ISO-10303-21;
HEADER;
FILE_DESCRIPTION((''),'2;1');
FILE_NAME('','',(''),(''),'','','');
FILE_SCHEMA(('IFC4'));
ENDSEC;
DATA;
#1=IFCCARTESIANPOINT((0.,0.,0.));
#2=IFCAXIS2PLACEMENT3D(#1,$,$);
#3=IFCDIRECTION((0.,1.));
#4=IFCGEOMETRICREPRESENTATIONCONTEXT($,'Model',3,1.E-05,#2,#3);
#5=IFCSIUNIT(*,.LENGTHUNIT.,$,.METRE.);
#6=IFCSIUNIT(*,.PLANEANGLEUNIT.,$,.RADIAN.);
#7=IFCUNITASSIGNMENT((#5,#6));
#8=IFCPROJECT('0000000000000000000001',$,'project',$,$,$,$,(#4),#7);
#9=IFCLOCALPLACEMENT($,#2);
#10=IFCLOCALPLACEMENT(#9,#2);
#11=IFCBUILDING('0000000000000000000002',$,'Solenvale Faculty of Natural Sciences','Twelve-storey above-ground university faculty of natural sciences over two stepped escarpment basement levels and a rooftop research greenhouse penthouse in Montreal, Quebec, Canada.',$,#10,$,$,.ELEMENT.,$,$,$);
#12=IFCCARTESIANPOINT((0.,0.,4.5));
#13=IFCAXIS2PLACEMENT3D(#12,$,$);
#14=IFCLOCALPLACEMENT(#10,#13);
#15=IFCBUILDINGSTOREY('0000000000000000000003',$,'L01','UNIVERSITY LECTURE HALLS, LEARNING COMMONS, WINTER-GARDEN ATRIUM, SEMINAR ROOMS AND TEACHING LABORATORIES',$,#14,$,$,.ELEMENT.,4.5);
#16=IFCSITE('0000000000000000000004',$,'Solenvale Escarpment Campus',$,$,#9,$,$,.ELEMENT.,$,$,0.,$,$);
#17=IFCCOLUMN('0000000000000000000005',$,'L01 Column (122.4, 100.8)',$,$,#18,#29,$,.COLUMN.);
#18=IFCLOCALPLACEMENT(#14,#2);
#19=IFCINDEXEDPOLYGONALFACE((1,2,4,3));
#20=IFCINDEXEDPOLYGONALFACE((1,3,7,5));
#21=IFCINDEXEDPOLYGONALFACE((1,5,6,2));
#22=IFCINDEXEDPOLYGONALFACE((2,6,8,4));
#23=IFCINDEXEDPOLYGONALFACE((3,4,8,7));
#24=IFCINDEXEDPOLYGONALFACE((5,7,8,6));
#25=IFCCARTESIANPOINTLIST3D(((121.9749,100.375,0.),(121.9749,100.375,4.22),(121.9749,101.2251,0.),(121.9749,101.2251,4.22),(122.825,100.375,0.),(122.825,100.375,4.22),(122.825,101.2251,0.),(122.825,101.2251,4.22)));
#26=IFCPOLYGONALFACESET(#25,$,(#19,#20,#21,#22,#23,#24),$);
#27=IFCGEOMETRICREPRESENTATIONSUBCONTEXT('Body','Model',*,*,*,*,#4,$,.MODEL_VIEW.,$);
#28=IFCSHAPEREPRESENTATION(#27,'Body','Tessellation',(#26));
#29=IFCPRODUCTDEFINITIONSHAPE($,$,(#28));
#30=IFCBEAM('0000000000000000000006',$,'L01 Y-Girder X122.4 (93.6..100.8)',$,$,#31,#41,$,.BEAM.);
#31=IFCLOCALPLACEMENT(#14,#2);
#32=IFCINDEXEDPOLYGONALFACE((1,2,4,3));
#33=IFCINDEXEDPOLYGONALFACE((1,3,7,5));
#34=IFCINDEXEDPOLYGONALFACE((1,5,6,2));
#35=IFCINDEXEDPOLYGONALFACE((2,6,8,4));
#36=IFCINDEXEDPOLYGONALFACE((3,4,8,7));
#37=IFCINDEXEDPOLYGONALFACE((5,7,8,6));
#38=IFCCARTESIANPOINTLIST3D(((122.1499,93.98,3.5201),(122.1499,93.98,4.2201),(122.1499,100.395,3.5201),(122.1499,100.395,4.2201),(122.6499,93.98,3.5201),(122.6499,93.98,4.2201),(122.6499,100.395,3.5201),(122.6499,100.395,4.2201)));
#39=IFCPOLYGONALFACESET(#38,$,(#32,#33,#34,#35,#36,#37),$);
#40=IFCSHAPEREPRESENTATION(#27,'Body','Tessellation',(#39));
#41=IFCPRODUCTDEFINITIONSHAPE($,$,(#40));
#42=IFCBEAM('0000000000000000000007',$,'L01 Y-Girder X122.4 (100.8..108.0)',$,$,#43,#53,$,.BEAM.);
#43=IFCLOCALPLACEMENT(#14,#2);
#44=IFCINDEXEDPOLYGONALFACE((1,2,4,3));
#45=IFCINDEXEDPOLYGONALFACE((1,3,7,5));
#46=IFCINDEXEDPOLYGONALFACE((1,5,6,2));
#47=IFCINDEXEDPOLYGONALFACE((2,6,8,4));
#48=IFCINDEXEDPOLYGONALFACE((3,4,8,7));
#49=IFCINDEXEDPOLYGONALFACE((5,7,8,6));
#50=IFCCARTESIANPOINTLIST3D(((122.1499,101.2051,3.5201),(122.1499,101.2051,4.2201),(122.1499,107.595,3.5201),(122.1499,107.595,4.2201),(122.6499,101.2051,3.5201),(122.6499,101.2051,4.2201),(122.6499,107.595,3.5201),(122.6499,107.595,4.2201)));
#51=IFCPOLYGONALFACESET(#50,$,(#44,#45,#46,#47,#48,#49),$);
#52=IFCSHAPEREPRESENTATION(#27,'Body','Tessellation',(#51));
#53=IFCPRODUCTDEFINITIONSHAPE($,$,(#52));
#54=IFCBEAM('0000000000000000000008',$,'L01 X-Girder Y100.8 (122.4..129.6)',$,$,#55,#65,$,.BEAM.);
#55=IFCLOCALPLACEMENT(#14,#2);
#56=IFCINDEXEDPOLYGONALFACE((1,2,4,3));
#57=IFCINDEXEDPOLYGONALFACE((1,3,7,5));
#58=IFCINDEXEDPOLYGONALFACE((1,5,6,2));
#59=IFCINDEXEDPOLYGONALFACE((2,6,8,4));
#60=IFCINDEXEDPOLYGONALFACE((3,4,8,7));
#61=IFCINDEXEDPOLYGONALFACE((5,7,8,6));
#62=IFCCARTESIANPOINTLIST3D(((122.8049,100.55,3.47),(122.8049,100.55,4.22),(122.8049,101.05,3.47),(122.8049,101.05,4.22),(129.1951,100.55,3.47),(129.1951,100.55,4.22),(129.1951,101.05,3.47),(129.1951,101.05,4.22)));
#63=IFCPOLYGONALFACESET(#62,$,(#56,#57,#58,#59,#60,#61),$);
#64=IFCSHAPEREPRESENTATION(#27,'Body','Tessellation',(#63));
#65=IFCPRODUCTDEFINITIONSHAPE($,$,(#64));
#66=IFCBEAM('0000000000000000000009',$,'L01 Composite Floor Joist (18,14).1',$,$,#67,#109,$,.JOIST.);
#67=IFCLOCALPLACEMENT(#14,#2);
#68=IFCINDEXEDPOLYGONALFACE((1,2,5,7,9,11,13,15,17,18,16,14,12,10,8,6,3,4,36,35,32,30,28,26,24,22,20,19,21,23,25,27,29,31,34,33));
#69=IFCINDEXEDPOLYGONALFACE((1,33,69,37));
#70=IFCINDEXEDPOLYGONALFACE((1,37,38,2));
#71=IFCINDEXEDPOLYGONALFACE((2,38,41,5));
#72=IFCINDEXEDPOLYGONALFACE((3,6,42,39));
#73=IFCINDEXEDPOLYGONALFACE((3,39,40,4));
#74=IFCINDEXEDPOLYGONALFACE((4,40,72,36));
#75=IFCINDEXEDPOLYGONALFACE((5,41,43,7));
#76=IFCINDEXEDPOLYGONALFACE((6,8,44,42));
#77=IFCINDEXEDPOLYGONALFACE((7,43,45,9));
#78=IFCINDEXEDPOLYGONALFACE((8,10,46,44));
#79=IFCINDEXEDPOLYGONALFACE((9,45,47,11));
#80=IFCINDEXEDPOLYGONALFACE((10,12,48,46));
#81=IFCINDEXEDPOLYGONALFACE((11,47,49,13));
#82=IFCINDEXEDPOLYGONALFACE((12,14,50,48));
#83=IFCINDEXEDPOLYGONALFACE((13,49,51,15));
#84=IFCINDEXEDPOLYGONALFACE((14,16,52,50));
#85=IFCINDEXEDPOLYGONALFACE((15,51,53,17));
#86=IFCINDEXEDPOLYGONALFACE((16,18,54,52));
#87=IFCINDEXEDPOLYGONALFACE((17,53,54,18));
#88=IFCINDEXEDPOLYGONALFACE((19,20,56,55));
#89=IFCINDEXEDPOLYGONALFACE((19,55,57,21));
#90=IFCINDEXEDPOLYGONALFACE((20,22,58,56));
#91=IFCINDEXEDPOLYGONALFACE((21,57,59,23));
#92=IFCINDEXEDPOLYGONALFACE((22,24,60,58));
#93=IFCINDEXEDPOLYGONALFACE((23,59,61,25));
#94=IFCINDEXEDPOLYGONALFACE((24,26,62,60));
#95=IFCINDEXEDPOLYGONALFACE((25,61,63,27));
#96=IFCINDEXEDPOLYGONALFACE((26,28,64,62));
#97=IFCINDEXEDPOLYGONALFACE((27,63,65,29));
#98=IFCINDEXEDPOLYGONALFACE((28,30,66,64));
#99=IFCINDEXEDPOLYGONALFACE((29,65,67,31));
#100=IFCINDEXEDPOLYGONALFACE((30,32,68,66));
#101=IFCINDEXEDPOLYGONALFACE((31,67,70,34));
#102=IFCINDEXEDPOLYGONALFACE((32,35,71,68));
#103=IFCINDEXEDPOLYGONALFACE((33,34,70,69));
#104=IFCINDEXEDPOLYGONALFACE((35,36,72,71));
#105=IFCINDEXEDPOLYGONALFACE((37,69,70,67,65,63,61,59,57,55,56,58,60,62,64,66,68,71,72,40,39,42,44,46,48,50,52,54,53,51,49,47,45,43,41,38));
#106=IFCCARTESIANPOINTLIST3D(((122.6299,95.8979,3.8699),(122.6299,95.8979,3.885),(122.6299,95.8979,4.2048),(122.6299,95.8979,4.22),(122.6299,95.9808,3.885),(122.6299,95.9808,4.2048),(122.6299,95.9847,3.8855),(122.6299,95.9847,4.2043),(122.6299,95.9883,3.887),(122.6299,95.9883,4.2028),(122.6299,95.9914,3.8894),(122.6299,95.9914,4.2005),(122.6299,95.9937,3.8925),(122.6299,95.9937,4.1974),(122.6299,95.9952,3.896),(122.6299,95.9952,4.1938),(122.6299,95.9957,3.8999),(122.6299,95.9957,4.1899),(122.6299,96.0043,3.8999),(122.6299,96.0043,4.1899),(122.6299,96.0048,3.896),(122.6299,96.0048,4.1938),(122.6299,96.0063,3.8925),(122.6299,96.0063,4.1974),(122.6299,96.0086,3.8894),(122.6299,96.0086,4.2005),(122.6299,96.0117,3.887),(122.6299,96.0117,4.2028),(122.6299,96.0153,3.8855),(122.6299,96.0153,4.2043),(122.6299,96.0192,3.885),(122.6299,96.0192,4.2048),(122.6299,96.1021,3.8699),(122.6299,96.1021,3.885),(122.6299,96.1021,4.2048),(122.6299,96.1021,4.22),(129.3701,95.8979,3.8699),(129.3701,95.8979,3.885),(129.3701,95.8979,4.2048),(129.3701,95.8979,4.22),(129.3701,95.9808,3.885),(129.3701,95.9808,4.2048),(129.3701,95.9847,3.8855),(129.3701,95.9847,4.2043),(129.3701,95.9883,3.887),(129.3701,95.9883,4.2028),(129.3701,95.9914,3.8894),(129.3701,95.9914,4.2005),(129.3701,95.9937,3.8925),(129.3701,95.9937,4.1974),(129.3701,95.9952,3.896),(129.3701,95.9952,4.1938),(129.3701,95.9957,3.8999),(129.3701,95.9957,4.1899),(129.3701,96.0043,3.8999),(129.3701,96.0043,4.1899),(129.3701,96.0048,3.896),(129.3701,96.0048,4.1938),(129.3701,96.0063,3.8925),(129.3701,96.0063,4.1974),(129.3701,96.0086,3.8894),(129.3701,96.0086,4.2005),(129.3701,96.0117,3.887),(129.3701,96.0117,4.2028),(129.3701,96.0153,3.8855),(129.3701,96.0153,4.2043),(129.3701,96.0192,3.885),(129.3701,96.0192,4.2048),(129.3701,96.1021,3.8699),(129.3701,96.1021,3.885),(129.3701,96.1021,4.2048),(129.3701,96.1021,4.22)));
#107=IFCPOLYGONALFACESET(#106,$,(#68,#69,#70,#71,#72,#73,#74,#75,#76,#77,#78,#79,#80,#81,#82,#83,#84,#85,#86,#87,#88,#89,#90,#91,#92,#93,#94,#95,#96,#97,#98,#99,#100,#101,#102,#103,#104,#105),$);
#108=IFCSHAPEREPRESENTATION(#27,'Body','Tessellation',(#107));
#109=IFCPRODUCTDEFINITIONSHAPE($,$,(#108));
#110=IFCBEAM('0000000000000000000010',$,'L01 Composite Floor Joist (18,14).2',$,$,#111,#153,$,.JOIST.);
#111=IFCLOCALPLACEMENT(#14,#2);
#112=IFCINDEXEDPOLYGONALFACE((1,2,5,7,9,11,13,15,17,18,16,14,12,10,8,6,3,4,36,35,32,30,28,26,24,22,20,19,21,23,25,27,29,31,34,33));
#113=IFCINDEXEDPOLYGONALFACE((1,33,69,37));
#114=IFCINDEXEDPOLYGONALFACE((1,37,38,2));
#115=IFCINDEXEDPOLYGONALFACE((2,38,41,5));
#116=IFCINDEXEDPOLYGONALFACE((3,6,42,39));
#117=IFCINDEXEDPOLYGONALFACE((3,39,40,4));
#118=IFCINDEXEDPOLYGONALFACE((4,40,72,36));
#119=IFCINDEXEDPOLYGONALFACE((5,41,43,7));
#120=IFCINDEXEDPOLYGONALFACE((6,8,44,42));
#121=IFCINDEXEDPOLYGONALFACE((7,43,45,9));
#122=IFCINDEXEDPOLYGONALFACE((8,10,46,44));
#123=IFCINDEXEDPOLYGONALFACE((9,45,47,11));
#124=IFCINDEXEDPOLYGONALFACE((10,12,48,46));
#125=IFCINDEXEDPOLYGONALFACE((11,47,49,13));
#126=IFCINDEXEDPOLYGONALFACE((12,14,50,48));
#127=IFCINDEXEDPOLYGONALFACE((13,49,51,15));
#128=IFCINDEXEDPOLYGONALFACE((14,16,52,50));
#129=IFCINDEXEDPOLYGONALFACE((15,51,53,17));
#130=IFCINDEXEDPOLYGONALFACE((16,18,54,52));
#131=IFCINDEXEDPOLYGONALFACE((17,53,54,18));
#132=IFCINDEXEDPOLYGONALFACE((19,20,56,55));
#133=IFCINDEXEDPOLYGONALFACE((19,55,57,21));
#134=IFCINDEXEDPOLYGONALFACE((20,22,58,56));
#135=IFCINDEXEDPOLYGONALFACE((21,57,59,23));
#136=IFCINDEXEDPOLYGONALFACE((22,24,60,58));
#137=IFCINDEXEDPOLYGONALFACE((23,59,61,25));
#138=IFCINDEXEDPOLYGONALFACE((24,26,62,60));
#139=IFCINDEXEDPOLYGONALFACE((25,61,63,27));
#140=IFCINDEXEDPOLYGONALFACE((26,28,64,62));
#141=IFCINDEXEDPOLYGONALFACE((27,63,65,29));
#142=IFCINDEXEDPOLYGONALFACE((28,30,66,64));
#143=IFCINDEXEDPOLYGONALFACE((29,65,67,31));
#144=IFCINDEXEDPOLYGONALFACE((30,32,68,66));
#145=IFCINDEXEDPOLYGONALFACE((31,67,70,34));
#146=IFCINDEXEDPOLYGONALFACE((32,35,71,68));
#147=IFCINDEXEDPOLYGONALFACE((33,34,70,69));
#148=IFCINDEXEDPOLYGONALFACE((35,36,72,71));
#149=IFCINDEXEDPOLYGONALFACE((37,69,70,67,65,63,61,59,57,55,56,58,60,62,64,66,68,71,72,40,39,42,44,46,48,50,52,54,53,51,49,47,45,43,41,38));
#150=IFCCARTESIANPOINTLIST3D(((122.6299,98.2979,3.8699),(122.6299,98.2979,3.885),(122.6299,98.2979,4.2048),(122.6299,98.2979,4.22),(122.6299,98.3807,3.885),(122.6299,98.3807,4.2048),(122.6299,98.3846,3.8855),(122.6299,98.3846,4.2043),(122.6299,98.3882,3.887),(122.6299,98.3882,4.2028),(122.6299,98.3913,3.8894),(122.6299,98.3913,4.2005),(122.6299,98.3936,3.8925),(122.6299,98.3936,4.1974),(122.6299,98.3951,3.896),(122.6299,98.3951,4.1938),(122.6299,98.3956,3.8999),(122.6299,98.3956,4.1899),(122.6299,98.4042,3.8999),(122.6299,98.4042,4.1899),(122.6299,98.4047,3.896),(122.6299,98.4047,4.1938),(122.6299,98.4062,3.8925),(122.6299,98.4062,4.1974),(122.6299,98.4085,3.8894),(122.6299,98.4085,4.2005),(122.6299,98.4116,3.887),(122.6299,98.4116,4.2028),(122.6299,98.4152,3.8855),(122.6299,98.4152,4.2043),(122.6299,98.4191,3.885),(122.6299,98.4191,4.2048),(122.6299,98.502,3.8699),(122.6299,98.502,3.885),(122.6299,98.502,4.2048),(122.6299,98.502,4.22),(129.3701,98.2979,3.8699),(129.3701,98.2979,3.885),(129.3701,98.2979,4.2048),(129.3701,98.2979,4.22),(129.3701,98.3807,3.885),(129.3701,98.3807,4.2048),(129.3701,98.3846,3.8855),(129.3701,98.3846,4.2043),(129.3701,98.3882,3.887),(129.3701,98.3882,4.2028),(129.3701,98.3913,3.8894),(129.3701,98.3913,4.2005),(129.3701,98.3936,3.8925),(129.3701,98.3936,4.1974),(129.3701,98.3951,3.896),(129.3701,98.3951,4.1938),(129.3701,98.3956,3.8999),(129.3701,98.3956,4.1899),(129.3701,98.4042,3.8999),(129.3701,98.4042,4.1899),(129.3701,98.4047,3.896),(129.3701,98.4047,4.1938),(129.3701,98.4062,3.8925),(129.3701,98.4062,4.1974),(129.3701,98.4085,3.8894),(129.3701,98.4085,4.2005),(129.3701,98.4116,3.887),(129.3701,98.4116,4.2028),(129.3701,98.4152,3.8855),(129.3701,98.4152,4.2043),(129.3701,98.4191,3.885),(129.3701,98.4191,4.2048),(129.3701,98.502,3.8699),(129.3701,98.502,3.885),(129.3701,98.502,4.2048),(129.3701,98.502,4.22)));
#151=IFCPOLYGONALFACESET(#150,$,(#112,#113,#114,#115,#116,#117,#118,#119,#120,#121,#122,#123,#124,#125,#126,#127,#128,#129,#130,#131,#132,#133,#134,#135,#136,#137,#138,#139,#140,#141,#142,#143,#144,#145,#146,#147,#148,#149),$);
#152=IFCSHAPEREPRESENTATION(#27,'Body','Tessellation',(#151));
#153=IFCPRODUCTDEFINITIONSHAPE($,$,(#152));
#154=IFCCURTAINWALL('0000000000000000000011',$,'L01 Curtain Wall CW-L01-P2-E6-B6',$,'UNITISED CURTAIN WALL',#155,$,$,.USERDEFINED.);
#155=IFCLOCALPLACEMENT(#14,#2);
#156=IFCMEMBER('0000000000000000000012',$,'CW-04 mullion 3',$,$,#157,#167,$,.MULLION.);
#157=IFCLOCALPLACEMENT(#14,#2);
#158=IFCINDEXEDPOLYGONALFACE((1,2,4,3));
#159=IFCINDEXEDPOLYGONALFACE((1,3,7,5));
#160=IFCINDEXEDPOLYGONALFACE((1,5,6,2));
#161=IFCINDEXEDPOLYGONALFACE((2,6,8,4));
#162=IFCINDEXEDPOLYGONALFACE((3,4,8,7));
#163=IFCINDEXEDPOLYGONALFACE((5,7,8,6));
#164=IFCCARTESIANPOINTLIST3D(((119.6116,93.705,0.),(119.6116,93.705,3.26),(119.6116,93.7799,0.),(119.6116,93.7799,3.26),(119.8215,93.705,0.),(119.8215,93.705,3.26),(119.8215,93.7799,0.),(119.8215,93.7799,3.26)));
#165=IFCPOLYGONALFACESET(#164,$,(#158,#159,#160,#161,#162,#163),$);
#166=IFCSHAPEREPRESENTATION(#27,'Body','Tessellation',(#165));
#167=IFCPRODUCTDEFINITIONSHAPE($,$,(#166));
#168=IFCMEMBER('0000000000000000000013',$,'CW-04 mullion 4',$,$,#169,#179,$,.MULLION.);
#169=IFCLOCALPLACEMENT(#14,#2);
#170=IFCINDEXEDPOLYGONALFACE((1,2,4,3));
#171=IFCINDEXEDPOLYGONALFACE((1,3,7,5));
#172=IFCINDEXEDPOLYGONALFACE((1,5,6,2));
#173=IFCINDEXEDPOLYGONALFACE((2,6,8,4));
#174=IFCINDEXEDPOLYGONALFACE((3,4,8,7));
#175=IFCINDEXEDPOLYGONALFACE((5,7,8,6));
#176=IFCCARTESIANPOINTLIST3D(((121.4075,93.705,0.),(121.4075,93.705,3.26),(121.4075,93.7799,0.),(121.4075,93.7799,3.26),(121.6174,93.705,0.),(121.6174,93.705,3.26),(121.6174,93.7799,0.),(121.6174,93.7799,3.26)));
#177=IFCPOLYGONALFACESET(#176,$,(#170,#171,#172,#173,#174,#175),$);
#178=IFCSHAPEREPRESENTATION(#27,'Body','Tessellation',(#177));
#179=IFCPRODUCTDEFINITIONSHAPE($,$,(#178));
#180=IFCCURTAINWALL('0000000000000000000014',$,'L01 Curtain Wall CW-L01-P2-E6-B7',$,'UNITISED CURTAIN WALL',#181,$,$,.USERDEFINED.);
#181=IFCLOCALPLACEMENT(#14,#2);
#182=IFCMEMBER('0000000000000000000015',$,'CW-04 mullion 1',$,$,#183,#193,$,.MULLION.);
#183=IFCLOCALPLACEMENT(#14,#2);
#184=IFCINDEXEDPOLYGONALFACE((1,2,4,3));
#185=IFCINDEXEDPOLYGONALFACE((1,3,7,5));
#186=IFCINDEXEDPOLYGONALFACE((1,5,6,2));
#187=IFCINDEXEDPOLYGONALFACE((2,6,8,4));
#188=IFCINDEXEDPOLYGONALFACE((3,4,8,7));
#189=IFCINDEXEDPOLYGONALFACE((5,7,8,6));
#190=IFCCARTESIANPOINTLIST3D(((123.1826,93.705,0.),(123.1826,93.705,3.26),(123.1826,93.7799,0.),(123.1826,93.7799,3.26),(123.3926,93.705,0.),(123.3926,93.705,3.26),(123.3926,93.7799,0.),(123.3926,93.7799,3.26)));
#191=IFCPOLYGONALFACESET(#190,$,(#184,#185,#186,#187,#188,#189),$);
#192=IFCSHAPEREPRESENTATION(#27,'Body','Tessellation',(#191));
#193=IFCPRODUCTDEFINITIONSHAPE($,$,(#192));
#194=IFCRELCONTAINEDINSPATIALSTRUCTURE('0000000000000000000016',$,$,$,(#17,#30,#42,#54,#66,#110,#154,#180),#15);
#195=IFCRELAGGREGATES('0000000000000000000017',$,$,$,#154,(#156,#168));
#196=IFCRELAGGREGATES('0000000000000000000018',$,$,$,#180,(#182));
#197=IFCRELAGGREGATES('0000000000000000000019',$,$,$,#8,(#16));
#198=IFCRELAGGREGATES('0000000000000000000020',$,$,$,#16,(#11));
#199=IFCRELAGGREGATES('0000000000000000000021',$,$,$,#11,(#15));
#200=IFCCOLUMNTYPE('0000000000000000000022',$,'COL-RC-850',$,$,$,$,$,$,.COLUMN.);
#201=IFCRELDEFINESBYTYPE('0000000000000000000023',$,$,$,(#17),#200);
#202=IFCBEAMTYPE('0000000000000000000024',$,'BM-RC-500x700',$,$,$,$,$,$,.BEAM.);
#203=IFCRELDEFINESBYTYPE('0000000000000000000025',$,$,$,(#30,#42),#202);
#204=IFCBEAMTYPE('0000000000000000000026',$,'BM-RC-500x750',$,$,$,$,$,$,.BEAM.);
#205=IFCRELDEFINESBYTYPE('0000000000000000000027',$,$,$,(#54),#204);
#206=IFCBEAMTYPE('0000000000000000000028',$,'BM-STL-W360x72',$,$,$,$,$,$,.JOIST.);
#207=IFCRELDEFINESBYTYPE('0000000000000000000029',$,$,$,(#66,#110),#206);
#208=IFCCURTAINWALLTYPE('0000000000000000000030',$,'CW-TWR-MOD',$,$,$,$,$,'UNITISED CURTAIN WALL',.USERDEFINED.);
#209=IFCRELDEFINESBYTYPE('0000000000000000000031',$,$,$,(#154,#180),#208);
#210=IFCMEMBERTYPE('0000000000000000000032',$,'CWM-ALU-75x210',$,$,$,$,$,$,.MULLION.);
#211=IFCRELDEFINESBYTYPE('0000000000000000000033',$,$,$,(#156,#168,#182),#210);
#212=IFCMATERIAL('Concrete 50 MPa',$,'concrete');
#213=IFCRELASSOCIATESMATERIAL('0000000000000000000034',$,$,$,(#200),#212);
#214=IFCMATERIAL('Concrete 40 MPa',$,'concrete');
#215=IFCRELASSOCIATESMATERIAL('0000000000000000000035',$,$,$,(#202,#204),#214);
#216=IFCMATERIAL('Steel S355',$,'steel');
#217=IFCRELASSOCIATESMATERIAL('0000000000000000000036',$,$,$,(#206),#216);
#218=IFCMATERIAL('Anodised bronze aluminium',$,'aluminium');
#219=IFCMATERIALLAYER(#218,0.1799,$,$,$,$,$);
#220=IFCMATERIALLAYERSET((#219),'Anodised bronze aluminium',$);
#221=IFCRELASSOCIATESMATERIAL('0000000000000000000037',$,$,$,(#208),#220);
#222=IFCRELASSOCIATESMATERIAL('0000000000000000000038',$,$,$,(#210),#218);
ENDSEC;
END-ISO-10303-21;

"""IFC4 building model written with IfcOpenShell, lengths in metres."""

from ifc_helpers import new_model, si_unit, direction, frame, origin, origin_2d, place, context, subcontext, project, spatial, rectangle, i_section, extrude, material, layer, layer_set, material_profile, profile_set, type_object, element, aggregate, save


model = new_model("IFC4")

# Units and contexts
model_context = context("Model", 3, precision=1e-05, world=origin(), true_north=direction((0.0, 1.0)))
body_context = subcontext(model_context, "Body", "Model", "MODEL_VIEW")
ifc_project = project(units=[si_unit("LENGTHUNIT", "METRE"), si_unit("PLANEANGLEUNIT", "RADIAN")], contexts=[model_context])

# Site, building, storey
site_placement = place(None, origin())
site = spatial("IfcSite", under=ifc_project, at=site_placement, Name="Solenvale Escarpment Campus", CompositionType="ELEMENT", RefElevation=0.0)
building_placement = place(site_placement, origin())
building = spatial("IfcBuilding", under=site, at=building_placement, Name="Solenvale Faculty of Natural Sciences", Description="Twelve-storey above-ground university faculty of natural sciences over two stepped escarpment basement levels and a rooftop research greenhouse penthouse in Montreal, Quebec, Canada.", CompositionType="ELEMENT")
storey_placement = place(building_placement, frame((0.0, 0.0, 4.5)))
storey = spatial("IfcBuildingStorey", under=building, at=storey_placement, Name="L01", Description="UNIVERSITY LECTURE HALLS, LEARNING COMMONS, WINTER-GARDEN ATRIUM, SEMINAR ROOMS AND TEACHING LABORATORIES", CompositionType="ELEMENT", Elevation=4.5)

# Column
ifc_material_1 = material(Name="Concrete 50 MPa", Category="concrete")
ifc_material_profile_1 = material_profile(ifc_material_1, rectangle(XDim=0.8501, YDim=0.8501, at=origin_2d()), Name="RC-COL-850x850")
ifc_profile_set_1 = profile_set([ifc_material_profile_1], Name="Concrete 50 MPa")
column_type = type_object("IfcColumnType", Name="COL-RC-850", PredefinedType="COLUMN", material=ifc_profile_set_1)
column_placement = place(storey_placement, frame((122.3999, 100.8, 0.0), z_axis=(0.0, 0.0, 1.0), x_axis=(1.0, 0.0, 0.0)))
element("IfcColumn", 1, at=column_placement, inside=storey, type_object=column_type, Name="L01 Column (122.4, 100.8)", PredefinedType="COLUMN", context=body_context, shape_type="SweptSolid", body=[
    extrude(rectangle(XDim=0.8501, YDim=0.8501, at=origin_2d()), origin(), (0.0, 0.0, 1.0), 4.22),
])

# Beams
ifc_material_2 = material(Name="Concrete 40 MPa", Category="concrete")
ifc_material_profile_2 = material_profile(ifc_material_2, rectangle(XDim=0.5, YDim=0.7, at=origin_2d()), Name="RC-BM-500x700")
ifc_profile_set_2 = profile_set([ifc_material_profile_2], Name="Concrete 40 MPa")
beam_type_1 = type_object("IfcBeamType", Name="BM-RC-500x700", PredefinedType="BEAM", material=ifc_profile_set_2)
beam_1_placement = place(storey_placement, frame((122.3999, 93.98, 3.8701), z_axis=(0.0, 1.0, 0.0), x_axis=(-1.0, 0.0, 0.0)))
element("IfcBeam", 2, at=beam_1_placement, inside=storey, type_object=beam_type_1, Name="L01 Y-Girder X122.4 (93.6..100.8)", PredefinedType="BEAM", context=body_context, shape_type="SweptSolid", body=[
    extrude(rectangle(XDim=0.5, YDim=0.7, at=origin_2d()), origin(), (0.0, 0.0, 1.0), 6.415),
])
beam_2_placement = place(storey_placement, frame((122.3999, 101.2051, 3.8701), z_axis=(0.0, 1.0, 0.0), x_axis=(-1.0, 0.0, 0.0)))
element("IfcBeam", 3, at=beam_2_placement, inside=storey, type_object=beam_type_1, Name="L01 Y-Girder X122.4 (100.8..108.0)", PredefinedType="BEAM", context=body_context, shape_type="SweptSolid", body=[
    extrude(rectangle(XDim=0.5, YDim=0.7, at=origin_2d()), origin(), (0.0, 0.0, 1.0), 6.3899),
])
ifc_material_profile_3 = material_profile(ifc_material_2, rectangle(XDim=0.5, YDim=0.75, at=origin_2d()), Name="RC-BM-500x750")
ifc_profile_set_3 = profile_set([ifc_material_profile_3], Name="Concrete 40 MPa")
beam_type_2 = type_object("IfcBeamType", Name="BM-RC-500x750", PredefinedType="BEAM", material=ifc_profile_set_3)
beam_3_placement = place(storey_placement, frame((122.8049, 100.8, 3.845), z_axis=(1.0, 0.0, 0.0), x_axis=(0.0, 1.0, 0.0)))
element("IfcBeam", 4, at=beam_3_placement, inside=storey, type_object=beam_type_2, Name="L01 X-Girder Y100.8 (122.4..129.6)", PredefinedType="BEAM", context=body_context, shape_type="SweptSolid", body=[
    extrude(rectangle(XDim=0.5, YDim=0.75, at=origin_2d()), origin(), (0.0, 0.0, 1.0), 6.3901),
])
ifc_material_3 = material(Name="Steel S355", Category="steel")
ifc_material_profile_4 = material_profile(ifc_material_3, i_section(OverallWidth=0.2041, OverallDepth=0.3501, WebThickness=0.0085, FlangeThickness=0.0151, FilletRadius=0.0149, at=origin_2d()), Name="W360x72")
ifc_profile_set_4 = profile_set([ifc_material_profile_4], Name="Steel S355")
beam_type_3 = type_object("IfcBeamType", Name="BM-STL-W360x72", PredefinedType="JOIST", material=ifc_profile_set_4)
for number, where, z_axis, x_axis, name in (
    (5, (122.6299, 96.0, 4.0449), (1.0, 0.0, 0.0), (0.0, 1.0, 0.0), "L01 Composite Floor Joist (18,14).1"),
    (6, (122.6299, 98.3999, 4.0449), (1.0, 0.0, 0.0), (0.0, 1.0, 0.0), "L01 Composite Floor Joist (18,14).2"),
):
    element("IfcBeam", number, at=place(storey_placement, frame(where, z_axis=z_axis, x_axis=x_axis)), inside=storey, type_object=beam_type_3, Name=name, PredefinedType="JOIST", context=body_context, shape_type="SweptSolid", body=[
        extrude(i_section(OverallWidth=0.2041, OverallDepth=0.3501, WebThickness=0.0085, FlangeThickness=0.0151, FilletRadius=0.0149, at=origin_2d()), origin(), (0.0, 0.0, 1.0), 6.7402),
    ])

# Curtain wall, members
ifc_material_4 = material(Name="Anodised bronze aluminium", Category="aluminium")
ifc_layer_1 = layer(ifc_material_4, 0.1799)
ifc_layer_set_1 = layer_set([ifc_layer_1], Name="Anodised bronze aluminium")
curtain_wall_type = type_object("IfcCurtainWallType", Name="CW-TWR-MOD", ElementType="UNITISED CURTAIN WALL", PredefinedType="USERDEFINED", material=ifc_layer_set_1)
curtain_wall_1_placement = place(storey_placement, origin())
curtain_wall_1 = element("IfcCurtainWall", 7, at=curtain_wall_1_placement, inside=storey, type_object=curtain_wall_type, Name="L01 Curtain Wall CW-L01-P2-E6-B6", ObjectType="UNITISED CURTAIN WALL", PredefinedType="USERDEFINED")
ifc_material_profile_5 = material_profile(ifc_material_4, rectangle(XDim=0.075, YDim=0.21, at=origin_2d()), Name="ALU-MUL-75x210")
ifc_profile_set_5 = profile_set([ifc_material_profile_5], Name="Anodised bronze aluminium")
member_type_1 = type_object("IfcMemberType", Name="CWM-ALU-75x210", PredefinedType="MULLION", material=ifc_profile_set_5)
member_1_placement = place(storey_placement, frame((119.7166, 93.7424, 0.0), z_axis=(0.0, 0.0, 1.0), x_axis=(0.0, 1.0, 0.0)))
member_1 = element("IfcMember", 8, at=member_1_placement, type_object=member_type_1, Name="CW-04 mullion 3", PredefinedType="MULLION", context=body_context, shape_type="SweptSolid", body=[
    extrude(rectangle(XDim=0.075, YDim=0.21, at=origin_2d()), origin(), (0.0, 0.0, 1.0), 3.26),
])
member_2_placement = place(storey_placement, frame((121.5125, 93.7424, 0.0), z_axis=(0.0, 0.0, 1.0), x_axis=(0.0, 1.0, 0.0)))
member_2 = element("IfcMember", 9, at=member_2_placement, type_object=member_type_1, Name="CW-04 mullion 4", PredefinedType="MULLION", context=body_context, shape_type="SweptSolid", body=[
    extrude(rectangle(XDim=0.075, YDim=0.21, at=origin_2d()), origin(), (0.0, 0.0, 1.0), 3.26),
])

# Curtain wall, member
curtain_wall_2_placement = place(storey_placement, origin())
curtain_wall_2 = element("IfcCurtainWall", 10, at=curtain_wall_2_placement, inside=storey, type_object=curtain_wall_type, Name="L01 Curtain Wall CW-L01-P2-E6-B7", ObjectType="UNITISED CURTAIN WALL", PredefinedType="USERDEFINED")
member_3_placement = place(storey_placement, frame((123.2876, 93.7424, 0.0), z_axis=(0.0, 0.0, 1.0), x_axis=(0.0, 1.0, 0.0)))
member_3 = element("IfcMember", 11, at=member_3_placement, type_object=member_type_1, Name="CW-04 mullion 1", PredefinedType="MULLION", context=body_context, shape_type="SweptSolid", body=[
    extrude(rectangle(XDim=0.075, YDim=0.21, at=origin_2d()), origin(), (0.0, 0.0, 1.0), 3.26),
])

aggregate(curtain_wall_1, [member_1, member_2])
aggregate(curtain_wall_2, [member_3])

save(model, "model.ifc")
